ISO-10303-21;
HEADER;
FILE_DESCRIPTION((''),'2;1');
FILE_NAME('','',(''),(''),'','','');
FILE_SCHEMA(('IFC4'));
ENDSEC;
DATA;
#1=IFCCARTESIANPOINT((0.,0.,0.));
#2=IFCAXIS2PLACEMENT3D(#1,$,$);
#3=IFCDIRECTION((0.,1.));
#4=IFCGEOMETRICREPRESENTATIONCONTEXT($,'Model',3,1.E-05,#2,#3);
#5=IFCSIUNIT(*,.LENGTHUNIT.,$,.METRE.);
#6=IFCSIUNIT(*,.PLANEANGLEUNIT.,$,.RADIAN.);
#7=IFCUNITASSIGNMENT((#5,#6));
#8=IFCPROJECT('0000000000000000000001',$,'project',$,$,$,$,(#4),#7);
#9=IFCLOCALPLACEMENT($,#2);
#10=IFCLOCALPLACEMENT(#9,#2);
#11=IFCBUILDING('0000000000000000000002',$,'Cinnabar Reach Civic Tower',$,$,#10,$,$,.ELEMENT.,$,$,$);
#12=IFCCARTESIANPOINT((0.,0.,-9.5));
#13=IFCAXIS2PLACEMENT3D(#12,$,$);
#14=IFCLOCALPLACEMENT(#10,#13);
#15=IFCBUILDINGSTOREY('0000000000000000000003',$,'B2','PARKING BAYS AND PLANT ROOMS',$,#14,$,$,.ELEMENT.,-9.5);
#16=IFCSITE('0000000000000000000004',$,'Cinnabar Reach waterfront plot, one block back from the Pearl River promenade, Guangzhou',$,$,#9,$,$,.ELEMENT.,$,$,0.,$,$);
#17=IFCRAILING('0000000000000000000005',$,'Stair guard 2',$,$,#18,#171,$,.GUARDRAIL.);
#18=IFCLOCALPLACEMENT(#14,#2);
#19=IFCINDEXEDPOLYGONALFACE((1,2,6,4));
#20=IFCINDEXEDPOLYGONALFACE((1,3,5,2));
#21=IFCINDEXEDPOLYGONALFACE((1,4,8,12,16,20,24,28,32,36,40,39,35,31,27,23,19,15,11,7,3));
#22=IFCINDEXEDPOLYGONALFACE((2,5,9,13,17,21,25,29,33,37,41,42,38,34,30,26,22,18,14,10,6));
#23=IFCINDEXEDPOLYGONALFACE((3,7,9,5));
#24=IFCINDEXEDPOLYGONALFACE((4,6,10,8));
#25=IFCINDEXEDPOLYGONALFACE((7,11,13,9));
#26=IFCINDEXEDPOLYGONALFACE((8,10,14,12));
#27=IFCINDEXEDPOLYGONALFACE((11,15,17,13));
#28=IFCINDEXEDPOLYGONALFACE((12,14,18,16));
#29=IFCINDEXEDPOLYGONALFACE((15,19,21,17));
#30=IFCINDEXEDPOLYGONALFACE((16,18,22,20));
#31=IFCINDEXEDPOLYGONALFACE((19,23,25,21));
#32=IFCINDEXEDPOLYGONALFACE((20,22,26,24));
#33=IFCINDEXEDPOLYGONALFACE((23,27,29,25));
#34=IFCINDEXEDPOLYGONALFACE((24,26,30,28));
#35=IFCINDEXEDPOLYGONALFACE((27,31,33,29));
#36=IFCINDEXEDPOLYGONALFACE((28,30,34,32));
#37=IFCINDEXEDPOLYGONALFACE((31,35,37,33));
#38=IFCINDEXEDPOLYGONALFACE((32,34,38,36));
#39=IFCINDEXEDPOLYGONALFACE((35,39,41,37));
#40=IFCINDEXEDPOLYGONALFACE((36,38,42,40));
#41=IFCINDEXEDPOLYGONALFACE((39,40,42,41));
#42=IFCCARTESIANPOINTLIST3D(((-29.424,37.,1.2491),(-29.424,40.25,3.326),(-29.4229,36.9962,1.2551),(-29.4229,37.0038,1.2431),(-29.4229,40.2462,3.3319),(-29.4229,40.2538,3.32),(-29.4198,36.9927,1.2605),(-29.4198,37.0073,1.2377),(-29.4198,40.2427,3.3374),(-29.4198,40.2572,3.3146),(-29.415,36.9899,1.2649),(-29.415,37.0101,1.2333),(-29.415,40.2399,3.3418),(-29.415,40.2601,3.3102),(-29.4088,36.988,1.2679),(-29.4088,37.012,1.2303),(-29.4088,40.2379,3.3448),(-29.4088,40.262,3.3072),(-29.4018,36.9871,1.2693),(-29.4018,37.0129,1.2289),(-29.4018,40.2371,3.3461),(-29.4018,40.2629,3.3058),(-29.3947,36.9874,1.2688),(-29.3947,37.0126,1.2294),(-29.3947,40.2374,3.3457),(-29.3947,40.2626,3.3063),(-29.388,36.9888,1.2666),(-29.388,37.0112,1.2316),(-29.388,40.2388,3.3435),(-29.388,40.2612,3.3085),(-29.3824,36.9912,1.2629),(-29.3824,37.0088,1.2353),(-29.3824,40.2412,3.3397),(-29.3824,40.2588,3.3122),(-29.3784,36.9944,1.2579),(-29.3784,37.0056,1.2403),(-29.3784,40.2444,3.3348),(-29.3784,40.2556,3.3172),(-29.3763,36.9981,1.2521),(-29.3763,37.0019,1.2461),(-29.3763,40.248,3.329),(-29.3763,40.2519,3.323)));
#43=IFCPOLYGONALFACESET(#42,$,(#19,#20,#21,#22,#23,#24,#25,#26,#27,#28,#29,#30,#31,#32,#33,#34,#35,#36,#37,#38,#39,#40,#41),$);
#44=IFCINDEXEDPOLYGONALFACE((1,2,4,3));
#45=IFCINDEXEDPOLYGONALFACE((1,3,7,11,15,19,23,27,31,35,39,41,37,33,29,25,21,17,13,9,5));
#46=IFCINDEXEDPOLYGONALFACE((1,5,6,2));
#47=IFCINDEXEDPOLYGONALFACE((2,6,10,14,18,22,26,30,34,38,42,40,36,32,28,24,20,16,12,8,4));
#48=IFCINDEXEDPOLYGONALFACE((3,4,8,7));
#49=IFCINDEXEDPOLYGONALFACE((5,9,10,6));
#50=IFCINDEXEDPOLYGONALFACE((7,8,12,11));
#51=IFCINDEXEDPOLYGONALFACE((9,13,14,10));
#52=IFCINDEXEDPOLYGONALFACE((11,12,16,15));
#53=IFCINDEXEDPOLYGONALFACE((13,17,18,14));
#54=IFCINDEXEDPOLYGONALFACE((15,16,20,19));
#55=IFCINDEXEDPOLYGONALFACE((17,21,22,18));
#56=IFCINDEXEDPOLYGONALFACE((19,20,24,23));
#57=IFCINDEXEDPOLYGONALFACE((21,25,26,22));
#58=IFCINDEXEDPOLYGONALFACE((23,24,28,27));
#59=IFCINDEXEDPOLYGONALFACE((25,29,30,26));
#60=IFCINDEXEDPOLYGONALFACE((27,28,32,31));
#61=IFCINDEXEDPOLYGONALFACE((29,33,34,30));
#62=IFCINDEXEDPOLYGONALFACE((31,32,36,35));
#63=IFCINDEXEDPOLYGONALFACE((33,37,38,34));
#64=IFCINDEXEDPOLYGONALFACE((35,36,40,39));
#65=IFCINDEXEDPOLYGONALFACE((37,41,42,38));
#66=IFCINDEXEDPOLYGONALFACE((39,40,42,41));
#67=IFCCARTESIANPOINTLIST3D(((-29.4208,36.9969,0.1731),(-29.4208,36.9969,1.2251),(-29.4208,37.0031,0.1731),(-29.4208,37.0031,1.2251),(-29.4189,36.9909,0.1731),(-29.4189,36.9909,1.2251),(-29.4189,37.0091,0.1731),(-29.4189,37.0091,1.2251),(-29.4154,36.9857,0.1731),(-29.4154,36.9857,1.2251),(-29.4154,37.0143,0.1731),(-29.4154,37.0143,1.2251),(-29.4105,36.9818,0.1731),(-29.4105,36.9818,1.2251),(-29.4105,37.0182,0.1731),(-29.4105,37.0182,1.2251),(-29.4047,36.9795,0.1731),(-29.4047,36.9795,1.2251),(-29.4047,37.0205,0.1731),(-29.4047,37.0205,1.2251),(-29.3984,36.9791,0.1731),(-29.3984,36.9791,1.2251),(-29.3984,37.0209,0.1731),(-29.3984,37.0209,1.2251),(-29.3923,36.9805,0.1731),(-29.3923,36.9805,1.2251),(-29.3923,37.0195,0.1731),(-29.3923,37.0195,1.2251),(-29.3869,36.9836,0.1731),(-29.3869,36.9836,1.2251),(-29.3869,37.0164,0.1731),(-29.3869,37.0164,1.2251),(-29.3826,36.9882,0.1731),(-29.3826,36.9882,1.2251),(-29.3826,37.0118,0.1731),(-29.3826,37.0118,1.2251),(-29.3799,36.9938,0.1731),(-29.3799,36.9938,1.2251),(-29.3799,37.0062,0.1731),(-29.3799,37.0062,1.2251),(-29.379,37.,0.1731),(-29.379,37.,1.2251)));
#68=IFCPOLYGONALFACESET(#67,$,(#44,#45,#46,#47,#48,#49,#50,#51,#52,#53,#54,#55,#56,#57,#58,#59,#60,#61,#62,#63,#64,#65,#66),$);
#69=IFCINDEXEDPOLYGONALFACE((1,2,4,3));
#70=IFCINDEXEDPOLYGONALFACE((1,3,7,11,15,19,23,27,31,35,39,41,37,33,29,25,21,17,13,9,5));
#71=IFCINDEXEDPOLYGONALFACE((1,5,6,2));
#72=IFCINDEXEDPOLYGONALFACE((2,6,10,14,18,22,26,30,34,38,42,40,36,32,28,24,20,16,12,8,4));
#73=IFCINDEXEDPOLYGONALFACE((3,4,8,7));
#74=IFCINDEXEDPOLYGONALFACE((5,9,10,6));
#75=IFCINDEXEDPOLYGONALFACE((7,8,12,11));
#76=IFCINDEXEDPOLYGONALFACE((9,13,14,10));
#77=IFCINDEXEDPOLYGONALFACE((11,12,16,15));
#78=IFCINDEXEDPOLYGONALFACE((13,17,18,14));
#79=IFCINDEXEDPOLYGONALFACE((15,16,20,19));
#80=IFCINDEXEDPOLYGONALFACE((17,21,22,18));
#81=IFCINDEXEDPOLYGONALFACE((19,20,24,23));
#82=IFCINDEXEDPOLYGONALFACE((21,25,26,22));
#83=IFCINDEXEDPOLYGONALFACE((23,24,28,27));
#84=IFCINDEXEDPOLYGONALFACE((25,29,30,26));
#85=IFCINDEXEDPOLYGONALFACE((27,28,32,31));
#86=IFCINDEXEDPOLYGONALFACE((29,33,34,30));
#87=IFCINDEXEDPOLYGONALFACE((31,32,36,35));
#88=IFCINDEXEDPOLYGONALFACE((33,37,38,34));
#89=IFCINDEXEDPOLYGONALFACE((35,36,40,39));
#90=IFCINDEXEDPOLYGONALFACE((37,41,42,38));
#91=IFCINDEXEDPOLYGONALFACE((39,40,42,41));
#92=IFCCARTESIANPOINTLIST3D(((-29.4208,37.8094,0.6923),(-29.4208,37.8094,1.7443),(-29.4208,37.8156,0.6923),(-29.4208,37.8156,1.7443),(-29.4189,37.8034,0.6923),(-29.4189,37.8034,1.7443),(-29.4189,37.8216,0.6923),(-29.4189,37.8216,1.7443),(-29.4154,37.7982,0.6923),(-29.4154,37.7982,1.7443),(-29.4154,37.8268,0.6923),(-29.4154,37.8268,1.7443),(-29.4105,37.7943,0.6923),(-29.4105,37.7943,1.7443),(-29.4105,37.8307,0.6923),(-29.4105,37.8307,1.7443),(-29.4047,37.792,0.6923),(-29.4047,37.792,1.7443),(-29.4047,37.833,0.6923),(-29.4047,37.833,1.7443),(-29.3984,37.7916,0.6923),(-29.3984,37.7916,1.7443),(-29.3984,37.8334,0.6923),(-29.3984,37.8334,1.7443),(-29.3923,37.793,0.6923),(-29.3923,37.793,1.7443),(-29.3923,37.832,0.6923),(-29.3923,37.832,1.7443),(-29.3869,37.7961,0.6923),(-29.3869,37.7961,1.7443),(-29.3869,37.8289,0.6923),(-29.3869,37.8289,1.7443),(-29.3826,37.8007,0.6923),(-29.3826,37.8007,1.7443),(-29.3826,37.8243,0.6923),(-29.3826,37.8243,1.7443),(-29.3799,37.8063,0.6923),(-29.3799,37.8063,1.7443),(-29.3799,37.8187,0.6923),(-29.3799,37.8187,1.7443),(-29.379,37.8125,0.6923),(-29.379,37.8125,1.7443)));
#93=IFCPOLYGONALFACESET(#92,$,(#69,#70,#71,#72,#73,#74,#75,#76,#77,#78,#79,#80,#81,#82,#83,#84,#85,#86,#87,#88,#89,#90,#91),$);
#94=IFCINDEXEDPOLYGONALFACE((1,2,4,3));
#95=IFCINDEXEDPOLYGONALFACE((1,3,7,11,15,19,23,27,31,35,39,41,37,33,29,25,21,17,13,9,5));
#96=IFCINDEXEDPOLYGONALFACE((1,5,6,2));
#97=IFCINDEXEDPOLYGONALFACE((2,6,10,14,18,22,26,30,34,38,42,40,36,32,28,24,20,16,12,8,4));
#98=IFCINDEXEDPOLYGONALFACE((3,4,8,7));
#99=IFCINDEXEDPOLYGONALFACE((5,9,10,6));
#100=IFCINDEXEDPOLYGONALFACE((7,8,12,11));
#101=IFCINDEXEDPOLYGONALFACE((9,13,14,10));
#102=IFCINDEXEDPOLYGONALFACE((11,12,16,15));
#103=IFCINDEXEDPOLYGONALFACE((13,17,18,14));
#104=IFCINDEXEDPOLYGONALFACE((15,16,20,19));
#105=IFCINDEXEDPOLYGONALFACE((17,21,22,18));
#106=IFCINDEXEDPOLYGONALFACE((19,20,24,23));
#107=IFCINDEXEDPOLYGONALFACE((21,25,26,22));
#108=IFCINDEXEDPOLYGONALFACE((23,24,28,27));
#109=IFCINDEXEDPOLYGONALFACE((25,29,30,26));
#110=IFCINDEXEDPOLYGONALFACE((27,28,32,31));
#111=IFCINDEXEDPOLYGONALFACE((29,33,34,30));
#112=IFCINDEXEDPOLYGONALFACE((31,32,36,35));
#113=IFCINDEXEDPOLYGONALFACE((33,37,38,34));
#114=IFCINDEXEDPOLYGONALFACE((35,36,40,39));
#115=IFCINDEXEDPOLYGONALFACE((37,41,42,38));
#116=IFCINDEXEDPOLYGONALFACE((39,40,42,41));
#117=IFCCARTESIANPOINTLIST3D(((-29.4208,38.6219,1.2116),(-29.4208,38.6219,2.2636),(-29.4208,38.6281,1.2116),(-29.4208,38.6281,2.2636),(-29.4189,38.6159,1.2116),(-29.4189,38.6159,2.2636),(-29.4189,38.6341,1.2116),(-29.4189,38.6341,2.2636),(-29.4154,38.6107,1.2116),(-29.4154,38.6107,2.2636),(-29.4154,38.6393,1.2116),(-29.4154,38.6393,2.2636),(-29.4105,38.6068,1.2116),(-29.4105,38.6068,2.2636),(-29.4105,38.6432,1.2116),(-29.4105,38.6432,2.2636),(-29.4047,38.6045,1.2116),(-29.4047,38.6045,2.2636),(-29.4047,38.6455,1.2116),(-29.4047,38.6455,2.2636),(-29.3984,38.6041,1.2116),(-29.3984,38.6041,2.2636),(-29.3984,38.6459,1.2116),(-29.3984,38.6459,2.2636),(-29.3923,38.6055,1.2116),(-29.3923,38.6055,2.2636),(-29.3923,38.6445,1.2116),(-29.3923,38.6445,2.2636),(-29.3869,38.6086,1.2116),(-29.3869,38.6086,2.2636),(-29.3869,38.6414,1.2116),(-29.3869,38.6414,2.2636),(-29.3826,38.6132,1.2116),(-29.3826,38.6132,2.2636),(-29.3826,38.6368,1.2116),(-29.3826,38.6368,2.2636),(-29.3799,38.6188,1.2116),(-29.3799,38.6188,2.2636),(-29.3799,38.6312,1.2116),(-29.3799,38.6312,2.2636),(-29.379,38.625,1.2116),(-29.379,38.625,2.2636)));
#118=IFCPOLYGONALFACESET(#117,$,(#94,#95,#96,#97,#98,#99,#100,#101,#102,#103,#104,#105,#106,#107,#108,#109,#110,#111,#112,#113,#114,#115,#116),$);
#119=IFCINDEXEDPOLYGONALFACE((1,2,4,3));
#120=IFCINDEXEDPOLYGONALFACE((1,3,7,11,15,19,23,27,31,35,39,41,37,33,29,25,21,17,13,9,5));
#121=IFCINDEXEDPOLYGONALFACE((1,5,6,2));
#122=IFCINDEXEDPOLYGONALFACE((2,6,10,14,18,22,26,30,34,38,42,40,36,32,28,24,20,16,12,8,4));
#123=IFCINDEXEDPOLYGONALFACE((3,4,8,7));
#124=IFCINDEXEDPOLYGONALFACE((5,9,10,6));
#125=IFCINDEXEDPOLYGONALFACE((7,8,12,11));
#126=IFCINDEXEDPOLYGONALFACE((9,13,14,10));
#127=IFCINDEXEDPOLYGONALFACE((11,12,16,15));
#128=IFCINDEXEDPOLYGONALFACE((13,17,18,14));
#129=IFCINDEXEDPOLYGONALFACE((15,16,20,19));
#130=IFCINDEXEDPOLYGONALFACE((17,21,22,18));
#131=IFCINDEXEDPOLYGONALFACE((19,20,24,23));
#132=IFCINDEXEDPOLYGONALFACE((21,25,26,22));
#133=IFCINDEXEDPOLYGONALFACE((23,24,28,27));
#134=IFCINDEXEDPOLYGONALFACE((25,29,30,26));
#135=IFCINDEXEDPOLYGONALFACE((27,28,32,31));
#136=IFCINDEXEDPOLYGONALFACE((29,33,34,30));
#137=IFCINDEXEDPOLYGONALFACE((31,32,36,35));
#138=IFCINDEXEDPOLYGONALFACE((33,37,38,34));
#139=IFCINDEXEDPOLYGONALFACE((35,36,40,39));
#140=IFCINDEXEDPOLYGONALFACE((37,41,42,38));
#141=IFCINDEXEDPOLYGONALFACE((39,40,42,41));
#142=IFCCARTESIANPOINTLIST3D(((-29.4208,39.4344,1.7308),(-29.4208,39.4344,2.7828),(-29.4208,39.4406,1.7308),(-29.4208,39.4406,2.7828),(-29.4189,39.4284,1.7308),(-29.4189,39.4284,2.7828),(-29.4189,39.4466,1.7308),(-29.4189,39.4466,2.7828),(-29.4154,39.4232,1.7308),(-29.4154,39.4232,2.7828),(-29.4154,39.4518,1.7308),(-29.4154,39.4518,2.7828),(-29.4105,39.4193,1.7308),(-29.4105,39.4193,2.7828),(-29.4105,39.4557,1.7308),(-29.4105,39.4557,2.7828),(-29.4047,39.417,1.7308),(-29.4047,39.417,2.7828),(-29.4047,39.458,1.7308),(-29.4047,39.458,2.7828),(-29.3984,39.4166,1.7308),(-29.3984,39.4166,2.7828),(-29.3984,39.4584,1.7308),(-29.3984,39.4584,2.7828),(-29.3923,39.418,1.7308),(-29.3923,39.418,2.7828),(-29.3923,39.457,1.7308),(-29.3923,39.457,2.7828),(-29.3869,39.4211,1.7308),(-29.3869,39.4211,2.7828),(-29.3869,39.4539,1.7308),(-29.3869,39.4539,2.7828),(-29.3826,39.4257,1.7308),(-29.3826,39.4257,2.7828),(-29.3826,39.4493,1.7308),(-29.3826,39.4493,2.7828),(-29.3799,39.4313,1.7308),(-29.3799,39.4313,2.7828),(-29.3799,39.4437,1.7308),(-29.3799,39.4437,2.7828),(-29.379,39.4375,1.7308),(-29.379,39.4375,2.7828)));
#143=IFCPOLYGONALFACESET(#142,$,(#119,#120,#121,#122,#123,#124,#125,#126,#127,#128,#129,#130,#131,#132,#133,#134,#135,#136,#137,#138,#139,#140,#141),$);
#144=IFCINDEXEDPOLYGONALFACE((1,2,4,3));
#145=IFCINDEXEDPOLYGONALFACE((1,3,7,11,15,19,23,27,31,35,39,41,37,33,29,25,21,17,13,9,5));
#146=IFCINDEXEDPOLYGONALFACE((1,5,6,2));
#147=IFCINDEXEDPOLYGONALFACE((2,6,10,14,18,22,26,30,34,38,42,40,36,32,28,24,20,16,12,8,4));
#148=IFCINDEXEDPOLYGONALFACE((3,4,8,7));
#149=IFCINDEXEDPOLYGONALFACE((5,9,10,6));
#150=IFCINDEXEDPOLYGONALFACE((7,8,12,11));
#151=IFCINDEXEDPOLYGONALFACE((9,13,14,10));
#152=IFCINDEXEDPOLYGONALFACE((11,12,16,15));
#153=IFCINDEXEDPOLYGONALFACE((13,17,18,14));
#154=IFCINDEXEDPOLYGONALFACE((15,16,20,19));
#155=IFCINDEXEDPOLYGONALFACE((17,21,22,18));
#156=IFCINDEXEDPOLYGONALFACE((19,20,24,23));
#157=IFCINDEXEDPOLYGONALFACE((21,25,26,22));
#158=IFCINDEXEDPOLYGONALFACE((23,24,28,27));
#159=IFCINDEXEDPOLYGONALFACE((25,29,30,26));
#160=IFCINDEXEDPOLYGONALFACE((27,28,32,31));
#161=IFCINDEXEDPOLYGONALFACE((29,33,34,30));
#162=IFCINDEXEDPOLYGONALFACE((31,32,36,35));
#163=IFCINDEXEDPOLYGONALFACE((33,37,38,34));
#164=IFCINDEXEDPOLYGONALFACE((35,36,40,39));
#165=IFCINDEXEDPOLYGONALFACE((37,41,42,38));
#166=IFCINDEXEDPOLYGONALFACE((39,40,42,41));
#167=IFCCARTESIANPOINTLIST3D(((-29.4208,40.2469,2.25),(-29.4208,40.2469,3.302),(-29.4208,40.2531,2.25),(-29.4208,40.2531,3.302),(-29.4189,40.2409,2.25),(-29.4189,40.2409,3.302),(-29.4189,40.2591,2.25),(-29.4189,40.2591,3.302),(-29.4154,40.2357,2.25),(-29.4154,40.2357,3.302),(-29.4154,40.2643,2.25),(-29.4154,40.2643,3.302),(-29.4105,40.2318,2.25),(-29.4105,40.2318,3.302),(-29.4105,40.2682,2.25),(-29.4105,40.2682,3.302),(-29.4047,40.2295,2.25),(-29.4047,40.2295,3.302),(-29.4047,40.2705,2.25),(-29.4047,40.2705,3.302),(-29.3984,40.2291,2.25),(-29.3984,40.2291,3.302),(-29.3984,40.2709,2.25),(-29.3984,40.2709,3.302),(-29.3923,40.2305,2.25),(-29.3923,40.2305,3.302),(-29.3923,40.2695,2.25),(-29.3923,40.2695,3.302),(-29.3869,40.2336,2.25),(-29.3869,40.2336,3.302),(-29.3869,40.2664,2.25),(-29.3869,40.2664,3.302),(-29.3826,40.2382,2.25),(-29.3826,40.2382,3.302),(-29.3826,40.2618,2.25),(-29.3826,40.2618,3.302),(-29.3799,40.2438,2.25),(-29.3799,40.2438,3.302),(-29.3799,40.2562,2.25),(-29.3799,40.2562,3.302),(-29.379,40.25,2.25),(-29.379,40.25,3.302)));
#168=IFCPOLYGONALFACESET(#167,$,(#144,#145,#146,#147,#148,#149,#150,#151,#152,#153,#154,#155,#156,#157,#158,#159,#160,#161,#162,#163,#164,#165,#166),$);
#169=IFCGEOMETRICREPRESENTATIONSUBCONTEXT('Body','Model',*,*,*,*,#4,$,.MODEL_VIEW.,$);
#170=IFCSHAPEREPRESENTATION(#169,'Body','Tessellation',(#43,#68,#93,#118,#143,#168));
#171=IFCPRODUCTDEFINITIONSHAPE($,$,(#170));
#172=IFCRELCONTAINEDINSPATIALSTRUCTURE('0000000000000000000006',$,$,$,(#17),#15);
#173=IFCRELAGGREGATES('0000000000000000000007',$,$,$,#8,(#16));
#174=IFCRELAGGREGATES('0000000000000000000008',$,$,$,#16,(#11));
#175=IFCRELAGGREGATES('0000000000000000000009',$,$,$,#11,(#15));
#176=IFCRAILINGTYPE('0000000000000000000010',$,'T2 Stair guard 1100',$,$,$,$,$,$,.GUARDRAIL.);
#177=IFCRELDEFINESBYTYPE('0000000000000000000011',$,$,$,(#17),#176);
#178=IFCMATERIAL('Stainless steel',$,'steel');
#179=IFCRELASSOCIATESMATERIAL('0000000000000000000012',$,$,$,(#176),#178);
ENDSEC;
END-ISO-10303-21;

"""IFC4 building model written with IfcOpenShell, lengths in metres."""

from ifc_helpers import new_model, si_unit, direction, frame, origin, origin_2d, place, context, subcontext, project, spatial, circle, extrude, material, type_object, element, save


model = new_model("IFC4")

# Units and contexts
model_context = context("Model", 3, precision=1e-05, world=origin(), true_north=direction((0.0, 1.0)))
body_context = subcontext(model_context, "Body", "Model", "MODEL_VIEW")
ifc_project = project(units=[si_unit("LENGTHUNIT", "METRE"), si_unit("PLANEANGLEUNIT", "RADIAN")], contexts=[model_context])

# Site, building, storey
site_placement = place(None, origin())
site = spatial("IfcSite", under=ifc_project, at=site_placement, Name="Cinnabar Reach waterfront plot, one block back from the Pearl River promenade, Guangzhou", CompositionType="ELEMENT", RefElevation=0.0)
building_placement = place(site_placement, origin())
building = spatial("IfcBuilding", under=site, at=building_placement, Name="Cinnabar Reach Civic Tower", CompositionType="ELEMENT")
storey_placement = place(building_placement, frame((0.0, 0.0, -9.5)))
storey = spatial("IfcBuildingStorey", under=building, at=storey_placement, Name="B2", Description="PARKING BAYS AND PLANT ROOMS", CompositionType="ELEMENT", Elevation=-9.5)

# Railing
ifc_material_1 = material(Name="Stainless steel", Category="steel")
railing_type = type_object("IfcRailingType", Name="T2 Stair guard 1100", PredefinedType="GUARDRAIL", material=ifc_material_1)
railing_1_placement = place(storey_placement, frame((-29.4, 37.0, 0.1731)))
element("IfcRailing", 1, at=railing_1_placement, inside=storey, type_object=railing_type, Name="Stair guard 2", PredefinedType="GUARDRAIL", context=body_context, shape_type="SweptSolid", body=[
    extrude(circle(Radius=0.024, at=origin_2d()), frame((0.0, 0.0, 1.076), z_axis=(0.0, 0.842636, 0.538483), x_axis=(-1.0, 0.0, 0.0)), (0.0, 0.0, 1.0), 3.8569),
    extrude(circle(Radius=0.021, at=origin_2d()), origin(), (0.0, 0.0, 1.0), 1.052),
    extrude(circle(Radius=0.021, at=origin_2d()), frame((0.0, 0.8125, 0.5192)), (0.0, 0.0, 1.0), 1.052),
    extrude(circle(Radius=0.021, at=origin_2d()), frame((0.0, 1.625, 1.0385)), (0.0, 0.0, 1.0), 1.052),
    extrude(circle(Radius=0.021, at=origin_2d()), frame((0.0, 2.4375, 1.5577)), (0.0, 0.0, 1.0), 1.052),
    extrude(circle(Radius=0.021, at=origin_2d()), frame((0.0, 3.25, 2.0769)), (0.0, 0.0, 1.0), 1.052),
])

save(model, "model.ifc")
